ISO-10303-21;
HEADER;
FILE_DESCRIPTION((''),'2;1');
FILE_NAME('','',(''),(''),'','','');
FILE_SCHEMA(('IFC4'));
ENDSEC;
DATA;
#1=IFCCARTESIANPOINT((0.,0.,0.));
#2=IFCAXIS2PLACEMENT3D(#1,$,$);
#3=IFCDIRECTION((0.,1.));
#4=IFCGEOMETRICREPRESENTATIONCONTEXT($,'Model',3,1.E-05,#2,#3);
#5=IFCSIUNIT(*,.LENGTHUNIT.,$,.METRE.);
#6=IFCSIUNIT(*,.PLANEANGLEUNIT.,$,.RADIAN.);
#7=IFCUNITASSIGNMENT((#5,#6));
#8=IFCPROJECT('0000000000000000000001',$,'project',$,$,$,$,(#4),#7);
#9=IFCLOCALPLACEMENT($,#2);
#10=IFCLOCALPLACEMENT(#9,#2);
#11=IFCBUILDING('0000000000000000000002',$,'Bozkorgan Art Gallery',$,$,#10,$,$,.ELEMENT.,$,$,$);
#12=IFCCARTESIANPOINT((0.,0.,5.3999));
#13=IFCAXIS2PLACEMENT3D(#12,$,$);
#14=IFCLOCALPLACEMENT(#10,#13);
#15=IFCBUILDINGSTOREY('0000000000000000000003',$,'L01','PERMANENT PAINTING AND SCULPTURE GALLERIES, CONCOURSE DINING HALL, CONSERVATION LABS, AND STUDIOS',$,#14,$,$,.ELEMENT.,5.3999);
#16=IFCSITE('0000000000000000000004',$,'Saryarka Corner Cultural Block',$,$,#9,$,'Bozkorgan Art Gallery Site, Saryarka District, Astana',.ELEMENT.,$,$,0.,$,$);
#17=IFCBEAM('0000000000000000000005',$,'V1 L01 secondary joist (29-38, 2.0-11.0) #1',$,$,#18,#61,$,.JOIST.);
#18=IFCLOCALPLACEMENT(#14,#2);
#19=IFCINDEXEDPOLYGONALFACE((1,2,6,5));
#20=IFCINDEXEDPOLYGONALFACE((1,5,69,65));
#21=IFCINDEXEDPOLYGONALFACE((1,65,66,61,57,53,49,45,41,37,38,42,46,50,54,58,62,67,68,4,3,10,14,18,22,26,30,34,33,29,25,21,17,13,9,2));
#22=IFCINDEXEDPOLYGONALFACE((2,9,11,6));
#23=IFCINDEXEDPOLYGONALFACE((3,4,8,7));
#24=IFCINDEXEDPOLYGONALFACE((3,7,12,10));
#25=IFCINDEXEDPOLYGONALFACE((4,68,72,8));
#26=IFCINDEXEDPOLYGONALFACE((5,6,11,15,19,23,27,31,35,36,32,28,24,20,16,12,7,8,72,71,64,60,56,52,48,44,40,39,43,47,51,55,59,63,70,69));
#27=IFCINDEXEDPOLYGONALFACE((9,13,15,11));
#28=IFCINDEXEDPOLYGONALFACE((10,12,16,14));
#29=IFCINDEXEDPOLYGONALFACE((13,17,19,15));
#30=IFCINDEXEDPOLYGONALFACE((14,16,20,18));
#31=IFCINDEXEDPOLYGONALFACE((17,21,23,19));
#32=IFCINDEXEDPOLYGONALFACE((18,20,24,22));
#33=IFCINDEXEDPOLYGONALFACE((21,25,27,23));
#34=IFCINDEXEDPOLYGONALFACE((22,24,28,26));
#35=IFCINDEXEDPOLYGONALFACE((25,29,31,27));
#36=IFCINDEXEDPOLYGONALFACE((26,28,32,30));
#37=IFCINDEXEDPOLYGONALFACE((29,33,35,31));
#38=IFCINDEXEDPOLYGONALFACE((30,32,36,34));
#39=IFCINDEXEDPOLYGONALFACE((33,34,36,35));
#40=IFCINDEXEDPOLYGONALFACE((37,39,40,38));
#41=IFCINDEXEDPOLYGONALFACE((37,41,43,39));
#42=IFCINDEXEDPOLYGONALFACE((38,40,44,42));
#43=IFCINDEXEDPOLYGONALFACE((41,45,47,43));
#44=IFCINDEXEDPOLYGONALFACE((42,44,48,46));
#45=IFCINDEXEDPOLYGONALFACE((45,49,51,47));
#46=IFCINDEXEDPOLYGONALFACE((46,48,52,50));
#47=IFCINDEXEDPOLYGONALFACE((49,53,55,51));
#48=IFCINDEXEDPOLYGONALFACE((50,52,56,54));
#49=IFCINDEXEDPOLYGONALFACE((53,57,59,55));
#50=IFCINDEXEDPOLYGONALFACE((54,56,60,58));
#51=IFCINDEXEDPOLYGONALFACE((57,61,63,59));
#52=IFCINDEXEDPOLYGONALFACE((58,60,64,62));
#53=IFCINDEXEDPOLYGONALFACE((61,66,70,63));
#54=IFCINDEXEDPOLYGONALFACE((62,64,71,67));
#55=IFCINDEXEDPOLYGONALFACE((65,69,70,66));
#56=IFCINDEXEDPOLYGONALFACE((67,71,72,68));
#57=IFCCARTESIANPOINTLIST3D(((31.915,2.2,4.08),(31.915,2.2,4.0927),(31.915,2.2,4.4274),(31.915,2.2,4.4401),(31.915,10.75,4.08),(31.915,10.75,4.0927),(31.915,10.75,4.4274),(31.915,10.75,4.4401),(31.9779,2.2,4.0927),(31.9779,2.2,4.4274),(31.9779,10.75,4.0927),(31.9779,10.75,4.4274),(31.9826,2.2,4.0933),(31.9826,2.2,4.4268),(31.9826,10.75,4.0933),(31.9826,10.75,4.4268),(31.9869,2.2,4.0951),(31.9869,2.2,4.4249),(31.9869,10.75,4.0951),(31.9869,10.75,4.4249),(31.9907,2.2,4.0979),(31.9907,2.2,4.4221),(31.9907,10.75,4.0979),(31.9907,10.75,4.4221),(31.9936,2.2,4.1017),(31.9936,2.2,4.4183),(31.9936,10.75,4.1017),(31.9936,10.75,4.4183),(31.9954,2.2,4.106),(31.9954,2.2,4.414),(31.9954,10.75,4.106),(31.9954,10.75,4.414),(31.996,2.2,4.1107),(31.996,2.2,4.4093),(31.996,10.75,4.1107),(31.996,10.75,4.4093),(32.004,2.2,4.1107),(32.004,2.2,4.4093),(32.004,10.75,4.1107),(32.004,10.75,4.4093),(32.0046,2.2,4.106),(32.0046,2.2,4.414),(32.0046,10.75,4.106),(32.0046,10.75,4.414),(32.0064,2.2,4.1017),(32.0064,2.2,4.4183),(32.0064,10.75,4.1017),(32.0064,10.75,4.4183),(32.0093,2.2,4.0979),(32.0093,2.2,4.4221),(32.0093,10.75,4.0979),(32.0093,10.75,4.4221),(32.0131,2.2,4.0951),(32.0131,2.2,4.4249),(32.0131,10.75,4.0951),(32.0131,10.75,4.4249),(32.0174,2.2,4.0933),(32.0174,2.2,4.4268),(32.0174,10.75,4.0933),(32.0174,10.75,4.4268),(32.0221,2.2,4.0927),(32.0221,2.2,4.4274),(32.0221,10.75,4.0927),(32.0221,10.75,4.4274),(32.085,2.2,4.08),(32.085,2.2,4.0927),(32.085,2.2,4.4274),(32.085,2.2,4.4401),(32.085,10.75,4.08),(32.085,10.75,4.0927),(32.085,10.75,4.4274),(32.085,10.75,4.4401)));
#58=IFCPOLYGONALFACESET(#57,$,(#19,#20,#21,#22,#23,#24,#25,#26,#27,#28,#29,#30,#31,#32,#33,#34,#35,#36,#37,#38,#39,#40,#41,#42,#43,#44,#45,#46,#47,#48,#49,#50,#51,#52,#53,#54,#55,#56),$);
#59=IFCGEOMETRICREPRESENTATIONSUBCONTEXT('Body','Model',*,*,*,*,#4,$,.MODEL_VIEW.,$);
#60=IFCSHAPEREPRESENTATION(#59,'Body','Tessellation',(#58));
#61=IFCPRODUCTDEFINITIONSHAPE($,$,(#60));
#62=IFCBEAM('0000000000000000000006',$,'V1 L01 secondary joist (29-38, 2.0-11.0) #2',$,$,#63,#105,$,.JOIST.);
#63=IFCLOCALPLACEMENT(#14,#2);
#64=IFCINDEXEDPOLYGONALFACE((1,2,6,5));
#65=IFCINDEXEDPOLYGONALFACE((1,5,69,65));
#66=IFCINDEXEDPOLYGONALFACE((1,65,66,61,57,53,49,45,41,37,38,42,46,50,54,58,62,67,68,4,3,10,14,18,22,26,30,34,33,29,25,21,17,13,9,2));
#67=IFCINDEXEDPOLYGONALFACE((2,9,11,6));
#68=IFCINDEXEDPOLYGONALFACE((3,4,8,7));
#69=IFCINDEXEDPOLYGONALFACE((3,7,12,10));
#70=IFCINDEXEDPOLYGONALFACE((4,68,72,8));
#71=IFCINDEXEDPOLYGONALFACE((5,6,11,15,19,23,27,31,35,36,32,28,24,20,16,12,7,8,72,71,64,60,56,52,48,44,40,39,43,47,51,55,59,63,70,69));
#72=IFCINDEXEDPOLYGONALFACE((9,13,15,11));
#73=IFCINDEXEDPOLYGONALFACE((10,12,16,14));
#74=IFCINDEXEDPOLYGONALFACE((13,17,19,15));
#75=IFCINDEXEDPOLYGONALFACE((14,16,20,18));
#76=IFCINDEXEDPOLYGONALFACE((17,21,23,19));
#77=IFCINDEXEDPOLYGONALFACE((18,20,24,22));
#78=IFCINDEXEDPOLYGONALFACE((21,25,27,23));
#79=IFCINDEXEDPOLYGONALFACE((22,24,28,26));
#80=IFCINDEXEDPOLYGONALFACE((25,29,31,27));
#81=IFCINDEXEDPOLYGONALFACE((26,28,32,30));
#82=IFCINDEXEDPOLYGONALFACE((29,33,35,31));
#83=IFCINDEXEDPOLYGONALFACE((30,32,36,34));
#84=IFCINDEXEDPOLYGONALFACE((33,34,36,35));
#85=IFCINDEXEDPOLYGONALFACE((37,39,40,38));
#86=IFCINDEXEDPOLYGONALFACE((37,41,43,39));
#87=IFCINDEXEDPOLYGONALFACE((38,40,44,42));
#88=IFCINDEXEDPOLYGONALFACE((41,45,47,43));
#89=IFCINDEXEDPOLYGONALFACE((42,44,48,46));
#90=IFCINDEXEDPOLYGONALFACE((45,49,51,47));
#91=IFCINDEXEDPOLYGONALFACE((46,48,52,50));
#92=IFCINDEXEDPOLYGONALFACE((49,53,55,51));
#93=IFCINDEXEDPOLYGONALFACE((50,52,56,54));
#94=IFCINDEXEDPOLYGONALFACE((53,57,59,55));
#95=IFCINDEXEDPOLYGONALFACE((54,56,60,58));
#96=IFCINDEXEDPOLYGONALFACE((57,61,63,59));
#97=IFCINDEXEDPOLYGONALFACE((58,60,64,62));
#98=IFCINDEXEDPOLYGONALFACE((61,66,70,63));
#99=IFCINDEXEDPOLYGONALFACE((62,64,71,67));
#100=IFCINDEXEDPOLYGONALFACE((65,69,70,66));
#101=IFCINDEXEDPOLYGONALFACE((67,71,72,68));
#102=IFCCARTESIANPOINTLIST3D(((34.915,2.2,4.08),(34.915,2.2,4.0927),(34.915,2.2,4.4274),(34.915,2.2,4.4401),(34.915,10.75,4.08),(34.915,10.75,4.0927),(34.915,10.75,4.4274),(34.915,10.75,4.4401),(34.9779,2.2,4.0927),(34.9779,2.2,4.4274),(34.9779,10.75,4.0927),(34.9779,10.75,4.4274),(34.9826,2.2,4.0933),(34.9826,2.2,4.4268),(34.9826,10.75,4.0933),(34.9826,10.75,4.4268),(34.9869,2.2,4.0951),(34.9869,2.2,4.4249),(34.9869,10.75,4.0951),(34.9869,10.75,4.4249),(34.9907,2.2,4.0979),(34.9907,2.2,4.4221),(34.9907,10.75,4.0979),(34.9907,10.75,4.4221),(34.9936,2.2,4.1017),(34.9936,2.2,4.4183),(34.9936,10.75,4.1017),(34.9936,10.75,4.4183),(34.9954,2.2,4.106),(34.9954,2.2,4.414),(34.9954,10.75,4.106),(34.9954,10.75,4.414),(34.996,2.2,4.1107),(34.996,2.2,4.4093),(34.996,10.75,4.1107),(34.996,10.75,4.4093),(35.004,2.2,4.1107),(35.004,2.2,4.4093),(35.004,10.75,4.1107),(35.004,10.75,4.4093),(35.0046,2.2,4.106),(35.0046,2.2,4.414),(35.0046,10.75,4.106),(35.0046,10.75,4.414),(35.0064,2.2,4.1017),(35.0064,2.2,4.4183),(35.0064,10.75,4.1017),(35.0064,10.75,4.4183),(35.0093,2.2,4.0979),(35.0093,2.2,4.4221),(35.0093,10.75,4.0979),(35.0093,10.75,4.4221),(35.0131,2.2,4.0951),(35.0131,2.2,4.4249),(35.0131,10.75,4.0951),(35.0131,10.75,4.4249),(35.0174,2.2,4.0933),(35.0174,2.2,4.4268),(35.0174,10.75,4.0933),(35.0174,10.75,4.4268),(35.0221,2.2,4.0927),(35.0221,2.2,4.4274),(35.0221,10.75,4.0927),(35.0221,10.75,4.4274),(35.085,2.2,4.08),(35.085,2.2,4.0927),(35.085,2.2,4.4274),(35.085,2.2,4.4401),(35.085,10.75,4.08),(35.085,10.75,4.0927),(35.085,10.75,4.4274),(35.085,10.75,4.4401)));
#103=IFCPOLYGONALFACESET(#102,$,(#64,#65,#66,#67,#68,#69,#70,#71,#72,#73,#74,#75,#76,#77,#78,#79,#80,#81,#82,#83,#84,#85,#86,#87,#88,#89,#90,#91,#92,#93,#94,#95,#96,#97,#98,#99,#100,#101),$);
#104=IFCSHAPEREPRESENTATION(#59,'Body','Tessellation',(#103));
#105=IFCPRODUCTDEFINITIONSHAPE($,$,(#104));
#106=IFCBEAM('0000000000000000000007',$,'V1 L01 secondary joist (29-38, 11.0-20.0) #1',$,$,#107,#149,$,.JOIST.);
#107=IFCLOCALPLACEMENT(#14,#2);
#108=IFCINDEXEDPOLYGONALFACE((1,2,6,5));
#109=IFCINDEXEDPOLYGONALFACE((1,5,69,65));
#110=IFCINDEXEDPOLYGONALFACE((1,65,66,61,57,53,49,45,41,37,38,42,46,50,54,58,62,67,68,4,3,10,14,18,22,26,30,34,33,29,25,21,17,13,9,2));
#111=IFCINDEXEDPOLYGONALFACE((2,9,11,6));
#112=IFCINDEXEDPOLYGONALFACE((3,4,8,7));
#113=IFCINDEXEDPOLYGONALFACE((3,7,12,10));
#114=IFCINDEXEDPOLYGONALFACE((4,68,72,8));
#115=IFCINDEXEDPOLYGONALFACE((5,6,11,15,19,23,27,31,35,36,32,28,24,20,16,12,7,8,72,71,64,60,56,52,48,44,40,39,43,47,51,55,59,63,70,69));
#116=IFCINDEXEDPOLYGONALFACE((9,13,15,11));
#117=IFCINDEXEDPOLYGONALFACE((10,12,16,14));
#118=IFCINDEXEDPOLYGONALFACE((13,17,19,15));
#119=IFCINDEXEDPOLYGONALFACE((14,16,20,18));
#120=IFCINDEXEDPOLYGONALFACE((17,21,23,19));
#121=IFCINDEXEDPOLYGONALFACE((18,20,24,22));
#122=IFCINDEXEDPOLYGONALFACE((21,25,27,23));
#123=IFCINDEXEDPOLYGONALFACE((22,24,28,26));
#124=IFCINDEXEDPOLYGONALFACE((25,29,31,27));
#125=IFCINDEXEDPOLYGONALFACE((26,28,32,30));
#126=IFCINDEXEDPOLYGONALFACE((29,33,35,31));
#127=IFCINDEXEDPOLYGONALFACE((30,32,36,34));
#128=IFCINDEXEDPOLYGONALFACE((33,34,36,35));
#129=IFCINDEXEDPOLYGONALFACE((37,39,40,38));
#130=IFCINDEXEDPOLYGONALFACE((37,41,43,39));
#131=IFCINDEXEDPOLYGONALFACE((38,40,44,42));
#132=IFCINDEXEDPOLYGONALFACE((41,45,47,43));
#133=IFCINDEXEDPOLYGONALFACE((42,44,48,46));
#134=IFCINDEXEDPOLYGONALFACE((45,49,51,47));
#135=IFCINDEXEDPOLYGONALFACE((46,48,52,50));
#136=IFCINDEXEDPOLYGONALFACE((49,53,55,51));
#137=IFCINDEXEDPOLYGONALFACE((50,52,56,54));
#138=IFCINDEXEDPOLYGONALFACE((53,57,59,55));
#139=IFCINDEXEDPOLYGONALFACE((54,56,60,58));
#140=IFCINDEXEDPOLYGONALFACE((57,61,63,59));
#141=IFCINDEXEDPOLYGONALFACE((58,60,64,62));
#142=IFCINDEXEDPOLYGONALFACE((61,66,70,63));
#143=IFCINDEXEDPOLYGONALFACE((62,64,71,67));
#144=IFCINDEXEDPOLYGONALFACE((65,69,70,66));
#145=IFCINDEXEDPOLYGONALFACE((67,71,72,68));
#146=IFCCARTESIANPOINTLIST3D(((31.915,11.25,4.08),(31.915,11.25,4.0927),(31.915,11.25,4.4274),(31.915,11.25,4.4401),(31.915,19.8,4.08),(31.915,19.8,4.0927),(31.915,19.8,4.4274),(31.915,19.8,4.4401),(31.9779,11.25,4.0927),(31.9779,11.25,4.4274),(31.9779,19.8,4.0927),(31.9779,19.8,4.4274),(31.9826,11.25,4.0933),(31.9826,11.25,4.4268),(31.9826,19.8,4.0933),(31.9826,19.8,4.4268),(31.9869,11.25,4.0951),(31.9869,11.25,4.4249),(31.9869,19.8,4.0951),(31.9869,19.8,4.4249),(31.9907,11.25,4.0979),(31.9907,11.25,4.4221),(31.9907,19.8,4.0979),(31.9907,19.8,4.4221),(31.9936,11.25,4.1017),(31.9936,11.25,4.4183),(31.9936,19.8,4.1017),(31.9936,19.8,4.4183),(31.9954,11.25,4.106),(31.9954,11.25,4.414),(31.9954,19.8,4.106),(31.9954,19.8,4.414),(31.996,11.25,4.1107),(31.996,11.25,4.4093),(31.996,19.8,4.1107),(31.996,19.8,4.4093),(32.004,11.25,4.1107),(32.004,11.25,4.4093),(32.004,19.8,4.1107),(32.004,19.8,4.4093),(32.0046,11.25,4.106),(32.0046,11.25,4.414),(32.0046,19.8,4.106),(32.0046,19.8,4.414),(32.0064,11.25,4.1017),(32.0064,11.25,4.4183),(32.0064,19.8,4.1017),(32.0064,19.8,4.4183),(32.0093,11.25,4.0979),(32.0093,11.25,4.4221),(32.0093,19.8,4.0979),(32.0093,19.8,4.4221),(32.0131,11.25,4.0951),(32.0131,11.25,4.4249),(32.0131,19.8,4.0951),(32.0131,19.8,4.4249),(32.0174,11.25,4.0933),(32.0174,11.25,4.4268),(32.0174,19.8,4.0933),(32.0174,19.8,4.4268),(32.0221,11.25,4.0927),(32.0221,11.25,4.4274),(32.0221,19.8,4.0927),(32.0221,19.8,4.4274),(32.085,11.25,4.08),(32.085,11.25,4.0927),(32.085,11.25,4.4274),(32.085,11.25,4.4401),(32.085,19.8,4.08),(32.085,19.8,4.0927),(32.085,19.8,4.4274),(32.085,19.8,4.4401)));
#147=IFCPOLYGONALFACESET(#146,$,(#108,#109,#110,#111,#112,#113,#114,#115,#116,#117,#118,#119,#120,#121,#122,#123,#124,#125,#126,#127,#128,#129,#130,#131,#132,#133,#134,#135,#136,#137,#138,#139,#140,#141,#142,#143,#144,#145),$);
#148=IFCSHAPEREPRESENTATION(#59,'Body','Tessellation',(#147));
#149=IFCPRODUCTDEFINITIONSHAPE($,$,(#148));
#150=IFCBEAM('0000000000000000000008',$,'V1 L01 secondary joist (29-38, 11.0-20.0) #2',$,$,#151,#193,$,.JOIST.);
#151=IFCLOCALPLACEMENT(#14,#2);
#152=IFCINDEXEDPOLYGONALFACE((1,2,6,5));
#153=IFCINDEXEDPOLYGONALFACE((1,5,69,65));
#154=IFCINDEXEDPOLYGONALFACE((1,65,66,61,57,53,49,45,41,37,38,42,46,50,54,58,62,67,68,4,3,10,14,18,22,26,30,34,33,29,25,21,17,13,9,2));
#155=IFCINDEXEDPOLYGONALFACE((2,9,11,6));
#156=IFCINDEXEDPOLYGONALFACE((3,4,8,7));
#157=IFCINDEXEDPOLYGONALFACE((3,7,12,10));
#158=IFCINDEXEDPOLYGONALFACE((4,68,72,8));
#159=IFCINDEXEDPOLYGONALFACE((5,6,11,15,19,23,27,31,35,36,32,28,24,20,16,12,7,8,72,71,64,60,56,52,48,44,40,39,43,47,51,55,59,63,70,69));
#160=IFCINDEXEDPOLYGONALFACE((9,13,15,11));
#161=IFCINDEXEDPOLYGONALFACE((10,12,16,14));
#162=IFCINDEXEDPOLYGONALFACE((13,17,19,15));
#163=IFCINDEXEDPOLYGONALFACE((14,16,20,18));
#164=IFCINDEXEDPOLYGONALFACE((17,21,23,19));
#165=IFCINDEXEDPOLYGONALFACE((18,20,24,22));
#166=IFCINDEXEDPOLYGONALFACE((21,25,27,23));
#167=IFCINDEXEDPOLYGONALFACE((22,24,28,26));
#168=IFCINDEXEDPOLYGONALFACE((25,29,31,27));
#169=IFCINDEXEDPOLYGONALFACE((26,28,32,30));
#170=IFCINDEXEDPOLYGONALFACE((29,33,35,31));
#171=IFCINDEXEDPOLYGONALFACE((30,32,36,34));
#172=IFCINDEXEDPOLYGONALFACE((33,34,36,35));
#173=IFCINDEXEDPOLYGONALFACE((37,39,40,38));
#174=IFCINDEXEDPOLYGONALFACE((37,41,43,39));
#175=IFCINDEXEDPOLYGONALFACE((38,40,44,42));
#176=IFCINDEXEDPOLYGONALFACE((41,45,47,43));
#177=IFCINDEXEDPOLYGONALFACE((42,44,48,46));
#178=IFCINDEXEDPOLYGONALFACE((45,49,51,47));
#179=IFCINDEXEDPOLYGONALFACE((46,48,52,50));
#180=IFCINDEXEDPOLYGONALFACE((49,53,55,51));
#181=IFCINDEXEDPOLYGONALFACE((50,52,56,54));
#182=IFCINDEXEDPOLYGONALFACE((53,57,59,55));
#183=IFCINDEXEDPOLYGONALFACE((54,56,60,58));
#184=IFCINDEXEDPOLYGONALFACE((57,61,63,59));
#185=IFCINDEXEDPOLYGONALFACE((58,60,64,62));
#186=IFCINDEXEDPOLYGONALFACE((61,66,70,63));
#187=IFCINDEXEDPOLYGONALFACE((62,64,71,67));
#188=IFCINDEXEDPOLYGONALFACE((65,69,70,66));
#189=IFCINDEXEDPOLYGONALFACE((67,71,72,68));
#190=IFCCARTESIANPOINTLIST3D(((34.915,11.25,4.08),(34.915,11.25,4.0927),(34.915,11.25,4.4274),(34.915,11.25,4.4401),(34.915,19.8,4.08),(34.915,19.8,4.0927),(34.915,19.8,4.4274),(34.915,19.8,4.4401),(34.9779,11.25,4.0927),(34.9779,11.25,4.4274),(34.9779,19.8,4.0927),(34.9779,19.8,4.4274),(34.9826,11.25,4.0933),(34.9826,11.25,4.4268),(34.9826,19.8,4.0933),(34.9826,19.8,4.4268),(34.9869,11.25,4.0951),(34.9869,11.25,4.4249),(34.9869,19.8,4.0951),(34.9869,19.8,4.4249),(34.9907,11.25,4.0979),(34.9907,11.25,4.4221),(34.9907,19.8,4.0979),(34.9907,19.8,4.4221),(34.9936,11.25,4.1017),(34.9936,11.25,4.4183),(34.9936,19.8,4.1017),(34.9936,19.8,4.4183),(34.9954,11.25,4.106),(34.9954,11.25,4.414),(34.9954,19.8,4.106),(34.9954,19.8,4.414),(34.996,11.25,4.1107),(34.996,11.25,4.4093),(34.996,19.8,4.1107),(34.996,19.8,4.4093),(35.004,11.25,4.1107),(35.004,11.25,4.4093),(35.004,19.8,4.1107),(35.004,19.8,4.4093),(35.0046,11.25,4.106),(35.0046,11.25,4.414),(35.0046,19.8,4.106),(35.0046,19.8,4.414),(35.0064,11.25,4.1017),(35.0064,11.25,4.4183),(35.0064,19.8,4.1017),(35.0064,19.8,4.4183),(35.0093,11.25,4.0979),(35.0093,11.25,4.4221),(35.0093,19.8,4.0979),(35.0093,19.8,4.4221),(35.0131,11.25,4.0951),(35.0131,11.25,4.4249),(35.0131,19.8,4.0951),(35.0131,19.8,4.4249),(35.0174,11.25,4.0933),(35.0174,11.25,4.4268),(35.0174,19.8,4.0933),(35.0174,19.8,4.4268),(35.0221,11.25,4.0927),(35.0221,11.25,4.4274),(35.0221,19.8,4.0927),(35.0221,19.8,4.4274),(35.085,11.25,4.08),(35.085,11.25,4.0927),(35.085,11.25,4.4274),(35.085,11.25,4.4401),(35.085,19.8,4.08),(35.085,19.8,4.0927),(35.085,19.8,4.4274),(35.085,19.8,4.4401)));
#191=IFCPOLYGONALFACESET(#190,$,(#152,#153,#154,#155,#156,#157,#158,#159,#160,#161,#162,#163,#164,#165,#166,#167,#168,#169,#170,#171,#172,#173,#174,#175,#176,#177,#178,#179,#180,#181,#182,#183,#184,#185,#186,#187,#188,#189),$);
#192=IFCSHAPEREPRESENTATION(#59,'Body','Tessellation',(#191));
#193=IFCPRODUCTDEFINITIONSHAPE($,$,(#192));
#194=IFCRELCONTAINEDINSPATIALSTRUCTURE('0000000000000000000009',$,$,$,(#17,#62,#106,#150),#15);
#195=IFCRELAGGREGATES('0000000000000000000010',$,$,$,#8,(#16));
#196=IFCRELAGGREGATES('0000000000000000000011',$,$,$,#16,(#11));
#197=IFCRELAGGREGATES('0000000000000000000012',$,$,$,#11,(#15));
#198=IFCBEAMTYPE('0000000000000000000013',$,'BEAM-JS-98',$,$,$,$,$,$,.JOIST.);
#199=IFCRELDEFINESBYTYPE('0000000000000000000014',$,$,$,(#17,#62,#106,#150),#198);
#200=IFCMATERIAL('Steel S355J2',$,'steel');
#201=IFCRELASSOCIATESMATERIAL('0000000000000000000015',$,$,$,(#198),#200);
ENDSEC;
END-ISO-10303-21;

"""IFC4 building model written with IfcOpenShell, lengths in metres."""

from ifc_helpers import new_model, si_unit, direction, frame, origin, origin_2d, place, context, subcontext, project, spatial, i_section, extrude, material, material_profile, profile_set, type_object, element, save


model = new_model("IFC4")

# Units and contexts
model_context = context("Model", 3, precision=1e-05, world=origin(), true_north=direction((0.0, 1.0)))
body_context = subcontext(model_context, "Body", "Model", "MODEL_VIEW")
ifc_project = project(units=[si_unit("LENGTHUNIT", "METRE"), si_unit("PLANEANGLEUNIT", "RADIAN")], contexts=[model_context])

# Site, building, storey
site_placement = place(None, origin())
site = spatial("IfcSite", under=ifc_project, at=site_placement, Name="Saryarka Corner Cultural Block", LongName="Bozkorgan Art Gallery Site, Saryarka District, Astana", CompositionType="ELEMENT", RefElevation=0.0)
building_placement = place(site_placement, origin())
building = spatial("IfcBuilding", under=site, at=building_placement, Name="Bozkorgan Art Gallery", CompositionType="ELEMENT")
storey_placement = place(building_placement, frame((0.0, 0.0, 5.3999)))
storey = spatial("IfcBuildingStorey", under=building, at=storey_placement, Name="L01", Description="PERMANENT PAINTING AND SCULPTURE GALLERIES, CONCOURSE DINING HALL, CONSERVATION LABS, AND STUDIOS", CompositionType="ELEMENT", Elevation=5.3999)

# Beams
ifc_material_1 = material(Name="Steel S355J2", Category="steel")
ifc_material_profile_1 = material_profile(ifc_material_1, i_section(OverallWidth=0.1699, OverallDepth=0.3601, WebThickness=0.0081, FlangeThickness=0.0127, FilletRadius=0.0181, at=origin_2d()), Name="IPE 360")
ifc_profile_set_1 = profile_set([ifc_material_profile_1], Name="Steel S355J2")
beam_type_1 = type_object("IfcBeamType", Name="BEAM-JS-98", PredefinedType="JOIST", material=ifc_profile_set_1)
for number, where, z_axis, x_axis, name in (
    (1, (32.0, 2.2, 4.26), (0.0, 1.0, 0.0), (-1.0, 0.0, 0.0), "V1 L01 secondary joist (29-38, 2.0-11.0) #1"),
    (2, (35.0, 2.2, 4.26), (0.0, 1.0, 0.0), (-1.0, 0.0, 0.0), "V1 L01 secondary joist (29-38, 2.0-11.0) #2"),
    (3, (32.0, 11.25, 4.26), (0.0, 1.0, 0.0), (-1.0, 0.0, 0.0), "V1 L01 secondary joist (29-38, 11.0-20.0) #1"),
    (4, (35.0, 11.25, 4.26), (0.0, 1.0, 0.0), (-1.0, 0.0, 0.0), "V1 L01 secondary joist (29-38, 11.0-20.0) #2"),
):
    element("IfcBeam", number, at=place(storey_placement, frame(where, z_axis=z_axis, x_axis=x_axis)), inside=storey, type_object=beam_type_1, Name=name, PredefinedType="JOIST", context=body_context, shape_type="SweptSolid", body=[
        extrude(i_section(OverallWidth=0.1699, OverallDepth=0.3601, WebThickness=0.0081, FlangeThickness=0.0127, FilletRadius=0.0181, at=origin_2d()), origin(), (0.0, 0.0, 1.0), 8.55),
    ])

save(model, "model.ifc")
